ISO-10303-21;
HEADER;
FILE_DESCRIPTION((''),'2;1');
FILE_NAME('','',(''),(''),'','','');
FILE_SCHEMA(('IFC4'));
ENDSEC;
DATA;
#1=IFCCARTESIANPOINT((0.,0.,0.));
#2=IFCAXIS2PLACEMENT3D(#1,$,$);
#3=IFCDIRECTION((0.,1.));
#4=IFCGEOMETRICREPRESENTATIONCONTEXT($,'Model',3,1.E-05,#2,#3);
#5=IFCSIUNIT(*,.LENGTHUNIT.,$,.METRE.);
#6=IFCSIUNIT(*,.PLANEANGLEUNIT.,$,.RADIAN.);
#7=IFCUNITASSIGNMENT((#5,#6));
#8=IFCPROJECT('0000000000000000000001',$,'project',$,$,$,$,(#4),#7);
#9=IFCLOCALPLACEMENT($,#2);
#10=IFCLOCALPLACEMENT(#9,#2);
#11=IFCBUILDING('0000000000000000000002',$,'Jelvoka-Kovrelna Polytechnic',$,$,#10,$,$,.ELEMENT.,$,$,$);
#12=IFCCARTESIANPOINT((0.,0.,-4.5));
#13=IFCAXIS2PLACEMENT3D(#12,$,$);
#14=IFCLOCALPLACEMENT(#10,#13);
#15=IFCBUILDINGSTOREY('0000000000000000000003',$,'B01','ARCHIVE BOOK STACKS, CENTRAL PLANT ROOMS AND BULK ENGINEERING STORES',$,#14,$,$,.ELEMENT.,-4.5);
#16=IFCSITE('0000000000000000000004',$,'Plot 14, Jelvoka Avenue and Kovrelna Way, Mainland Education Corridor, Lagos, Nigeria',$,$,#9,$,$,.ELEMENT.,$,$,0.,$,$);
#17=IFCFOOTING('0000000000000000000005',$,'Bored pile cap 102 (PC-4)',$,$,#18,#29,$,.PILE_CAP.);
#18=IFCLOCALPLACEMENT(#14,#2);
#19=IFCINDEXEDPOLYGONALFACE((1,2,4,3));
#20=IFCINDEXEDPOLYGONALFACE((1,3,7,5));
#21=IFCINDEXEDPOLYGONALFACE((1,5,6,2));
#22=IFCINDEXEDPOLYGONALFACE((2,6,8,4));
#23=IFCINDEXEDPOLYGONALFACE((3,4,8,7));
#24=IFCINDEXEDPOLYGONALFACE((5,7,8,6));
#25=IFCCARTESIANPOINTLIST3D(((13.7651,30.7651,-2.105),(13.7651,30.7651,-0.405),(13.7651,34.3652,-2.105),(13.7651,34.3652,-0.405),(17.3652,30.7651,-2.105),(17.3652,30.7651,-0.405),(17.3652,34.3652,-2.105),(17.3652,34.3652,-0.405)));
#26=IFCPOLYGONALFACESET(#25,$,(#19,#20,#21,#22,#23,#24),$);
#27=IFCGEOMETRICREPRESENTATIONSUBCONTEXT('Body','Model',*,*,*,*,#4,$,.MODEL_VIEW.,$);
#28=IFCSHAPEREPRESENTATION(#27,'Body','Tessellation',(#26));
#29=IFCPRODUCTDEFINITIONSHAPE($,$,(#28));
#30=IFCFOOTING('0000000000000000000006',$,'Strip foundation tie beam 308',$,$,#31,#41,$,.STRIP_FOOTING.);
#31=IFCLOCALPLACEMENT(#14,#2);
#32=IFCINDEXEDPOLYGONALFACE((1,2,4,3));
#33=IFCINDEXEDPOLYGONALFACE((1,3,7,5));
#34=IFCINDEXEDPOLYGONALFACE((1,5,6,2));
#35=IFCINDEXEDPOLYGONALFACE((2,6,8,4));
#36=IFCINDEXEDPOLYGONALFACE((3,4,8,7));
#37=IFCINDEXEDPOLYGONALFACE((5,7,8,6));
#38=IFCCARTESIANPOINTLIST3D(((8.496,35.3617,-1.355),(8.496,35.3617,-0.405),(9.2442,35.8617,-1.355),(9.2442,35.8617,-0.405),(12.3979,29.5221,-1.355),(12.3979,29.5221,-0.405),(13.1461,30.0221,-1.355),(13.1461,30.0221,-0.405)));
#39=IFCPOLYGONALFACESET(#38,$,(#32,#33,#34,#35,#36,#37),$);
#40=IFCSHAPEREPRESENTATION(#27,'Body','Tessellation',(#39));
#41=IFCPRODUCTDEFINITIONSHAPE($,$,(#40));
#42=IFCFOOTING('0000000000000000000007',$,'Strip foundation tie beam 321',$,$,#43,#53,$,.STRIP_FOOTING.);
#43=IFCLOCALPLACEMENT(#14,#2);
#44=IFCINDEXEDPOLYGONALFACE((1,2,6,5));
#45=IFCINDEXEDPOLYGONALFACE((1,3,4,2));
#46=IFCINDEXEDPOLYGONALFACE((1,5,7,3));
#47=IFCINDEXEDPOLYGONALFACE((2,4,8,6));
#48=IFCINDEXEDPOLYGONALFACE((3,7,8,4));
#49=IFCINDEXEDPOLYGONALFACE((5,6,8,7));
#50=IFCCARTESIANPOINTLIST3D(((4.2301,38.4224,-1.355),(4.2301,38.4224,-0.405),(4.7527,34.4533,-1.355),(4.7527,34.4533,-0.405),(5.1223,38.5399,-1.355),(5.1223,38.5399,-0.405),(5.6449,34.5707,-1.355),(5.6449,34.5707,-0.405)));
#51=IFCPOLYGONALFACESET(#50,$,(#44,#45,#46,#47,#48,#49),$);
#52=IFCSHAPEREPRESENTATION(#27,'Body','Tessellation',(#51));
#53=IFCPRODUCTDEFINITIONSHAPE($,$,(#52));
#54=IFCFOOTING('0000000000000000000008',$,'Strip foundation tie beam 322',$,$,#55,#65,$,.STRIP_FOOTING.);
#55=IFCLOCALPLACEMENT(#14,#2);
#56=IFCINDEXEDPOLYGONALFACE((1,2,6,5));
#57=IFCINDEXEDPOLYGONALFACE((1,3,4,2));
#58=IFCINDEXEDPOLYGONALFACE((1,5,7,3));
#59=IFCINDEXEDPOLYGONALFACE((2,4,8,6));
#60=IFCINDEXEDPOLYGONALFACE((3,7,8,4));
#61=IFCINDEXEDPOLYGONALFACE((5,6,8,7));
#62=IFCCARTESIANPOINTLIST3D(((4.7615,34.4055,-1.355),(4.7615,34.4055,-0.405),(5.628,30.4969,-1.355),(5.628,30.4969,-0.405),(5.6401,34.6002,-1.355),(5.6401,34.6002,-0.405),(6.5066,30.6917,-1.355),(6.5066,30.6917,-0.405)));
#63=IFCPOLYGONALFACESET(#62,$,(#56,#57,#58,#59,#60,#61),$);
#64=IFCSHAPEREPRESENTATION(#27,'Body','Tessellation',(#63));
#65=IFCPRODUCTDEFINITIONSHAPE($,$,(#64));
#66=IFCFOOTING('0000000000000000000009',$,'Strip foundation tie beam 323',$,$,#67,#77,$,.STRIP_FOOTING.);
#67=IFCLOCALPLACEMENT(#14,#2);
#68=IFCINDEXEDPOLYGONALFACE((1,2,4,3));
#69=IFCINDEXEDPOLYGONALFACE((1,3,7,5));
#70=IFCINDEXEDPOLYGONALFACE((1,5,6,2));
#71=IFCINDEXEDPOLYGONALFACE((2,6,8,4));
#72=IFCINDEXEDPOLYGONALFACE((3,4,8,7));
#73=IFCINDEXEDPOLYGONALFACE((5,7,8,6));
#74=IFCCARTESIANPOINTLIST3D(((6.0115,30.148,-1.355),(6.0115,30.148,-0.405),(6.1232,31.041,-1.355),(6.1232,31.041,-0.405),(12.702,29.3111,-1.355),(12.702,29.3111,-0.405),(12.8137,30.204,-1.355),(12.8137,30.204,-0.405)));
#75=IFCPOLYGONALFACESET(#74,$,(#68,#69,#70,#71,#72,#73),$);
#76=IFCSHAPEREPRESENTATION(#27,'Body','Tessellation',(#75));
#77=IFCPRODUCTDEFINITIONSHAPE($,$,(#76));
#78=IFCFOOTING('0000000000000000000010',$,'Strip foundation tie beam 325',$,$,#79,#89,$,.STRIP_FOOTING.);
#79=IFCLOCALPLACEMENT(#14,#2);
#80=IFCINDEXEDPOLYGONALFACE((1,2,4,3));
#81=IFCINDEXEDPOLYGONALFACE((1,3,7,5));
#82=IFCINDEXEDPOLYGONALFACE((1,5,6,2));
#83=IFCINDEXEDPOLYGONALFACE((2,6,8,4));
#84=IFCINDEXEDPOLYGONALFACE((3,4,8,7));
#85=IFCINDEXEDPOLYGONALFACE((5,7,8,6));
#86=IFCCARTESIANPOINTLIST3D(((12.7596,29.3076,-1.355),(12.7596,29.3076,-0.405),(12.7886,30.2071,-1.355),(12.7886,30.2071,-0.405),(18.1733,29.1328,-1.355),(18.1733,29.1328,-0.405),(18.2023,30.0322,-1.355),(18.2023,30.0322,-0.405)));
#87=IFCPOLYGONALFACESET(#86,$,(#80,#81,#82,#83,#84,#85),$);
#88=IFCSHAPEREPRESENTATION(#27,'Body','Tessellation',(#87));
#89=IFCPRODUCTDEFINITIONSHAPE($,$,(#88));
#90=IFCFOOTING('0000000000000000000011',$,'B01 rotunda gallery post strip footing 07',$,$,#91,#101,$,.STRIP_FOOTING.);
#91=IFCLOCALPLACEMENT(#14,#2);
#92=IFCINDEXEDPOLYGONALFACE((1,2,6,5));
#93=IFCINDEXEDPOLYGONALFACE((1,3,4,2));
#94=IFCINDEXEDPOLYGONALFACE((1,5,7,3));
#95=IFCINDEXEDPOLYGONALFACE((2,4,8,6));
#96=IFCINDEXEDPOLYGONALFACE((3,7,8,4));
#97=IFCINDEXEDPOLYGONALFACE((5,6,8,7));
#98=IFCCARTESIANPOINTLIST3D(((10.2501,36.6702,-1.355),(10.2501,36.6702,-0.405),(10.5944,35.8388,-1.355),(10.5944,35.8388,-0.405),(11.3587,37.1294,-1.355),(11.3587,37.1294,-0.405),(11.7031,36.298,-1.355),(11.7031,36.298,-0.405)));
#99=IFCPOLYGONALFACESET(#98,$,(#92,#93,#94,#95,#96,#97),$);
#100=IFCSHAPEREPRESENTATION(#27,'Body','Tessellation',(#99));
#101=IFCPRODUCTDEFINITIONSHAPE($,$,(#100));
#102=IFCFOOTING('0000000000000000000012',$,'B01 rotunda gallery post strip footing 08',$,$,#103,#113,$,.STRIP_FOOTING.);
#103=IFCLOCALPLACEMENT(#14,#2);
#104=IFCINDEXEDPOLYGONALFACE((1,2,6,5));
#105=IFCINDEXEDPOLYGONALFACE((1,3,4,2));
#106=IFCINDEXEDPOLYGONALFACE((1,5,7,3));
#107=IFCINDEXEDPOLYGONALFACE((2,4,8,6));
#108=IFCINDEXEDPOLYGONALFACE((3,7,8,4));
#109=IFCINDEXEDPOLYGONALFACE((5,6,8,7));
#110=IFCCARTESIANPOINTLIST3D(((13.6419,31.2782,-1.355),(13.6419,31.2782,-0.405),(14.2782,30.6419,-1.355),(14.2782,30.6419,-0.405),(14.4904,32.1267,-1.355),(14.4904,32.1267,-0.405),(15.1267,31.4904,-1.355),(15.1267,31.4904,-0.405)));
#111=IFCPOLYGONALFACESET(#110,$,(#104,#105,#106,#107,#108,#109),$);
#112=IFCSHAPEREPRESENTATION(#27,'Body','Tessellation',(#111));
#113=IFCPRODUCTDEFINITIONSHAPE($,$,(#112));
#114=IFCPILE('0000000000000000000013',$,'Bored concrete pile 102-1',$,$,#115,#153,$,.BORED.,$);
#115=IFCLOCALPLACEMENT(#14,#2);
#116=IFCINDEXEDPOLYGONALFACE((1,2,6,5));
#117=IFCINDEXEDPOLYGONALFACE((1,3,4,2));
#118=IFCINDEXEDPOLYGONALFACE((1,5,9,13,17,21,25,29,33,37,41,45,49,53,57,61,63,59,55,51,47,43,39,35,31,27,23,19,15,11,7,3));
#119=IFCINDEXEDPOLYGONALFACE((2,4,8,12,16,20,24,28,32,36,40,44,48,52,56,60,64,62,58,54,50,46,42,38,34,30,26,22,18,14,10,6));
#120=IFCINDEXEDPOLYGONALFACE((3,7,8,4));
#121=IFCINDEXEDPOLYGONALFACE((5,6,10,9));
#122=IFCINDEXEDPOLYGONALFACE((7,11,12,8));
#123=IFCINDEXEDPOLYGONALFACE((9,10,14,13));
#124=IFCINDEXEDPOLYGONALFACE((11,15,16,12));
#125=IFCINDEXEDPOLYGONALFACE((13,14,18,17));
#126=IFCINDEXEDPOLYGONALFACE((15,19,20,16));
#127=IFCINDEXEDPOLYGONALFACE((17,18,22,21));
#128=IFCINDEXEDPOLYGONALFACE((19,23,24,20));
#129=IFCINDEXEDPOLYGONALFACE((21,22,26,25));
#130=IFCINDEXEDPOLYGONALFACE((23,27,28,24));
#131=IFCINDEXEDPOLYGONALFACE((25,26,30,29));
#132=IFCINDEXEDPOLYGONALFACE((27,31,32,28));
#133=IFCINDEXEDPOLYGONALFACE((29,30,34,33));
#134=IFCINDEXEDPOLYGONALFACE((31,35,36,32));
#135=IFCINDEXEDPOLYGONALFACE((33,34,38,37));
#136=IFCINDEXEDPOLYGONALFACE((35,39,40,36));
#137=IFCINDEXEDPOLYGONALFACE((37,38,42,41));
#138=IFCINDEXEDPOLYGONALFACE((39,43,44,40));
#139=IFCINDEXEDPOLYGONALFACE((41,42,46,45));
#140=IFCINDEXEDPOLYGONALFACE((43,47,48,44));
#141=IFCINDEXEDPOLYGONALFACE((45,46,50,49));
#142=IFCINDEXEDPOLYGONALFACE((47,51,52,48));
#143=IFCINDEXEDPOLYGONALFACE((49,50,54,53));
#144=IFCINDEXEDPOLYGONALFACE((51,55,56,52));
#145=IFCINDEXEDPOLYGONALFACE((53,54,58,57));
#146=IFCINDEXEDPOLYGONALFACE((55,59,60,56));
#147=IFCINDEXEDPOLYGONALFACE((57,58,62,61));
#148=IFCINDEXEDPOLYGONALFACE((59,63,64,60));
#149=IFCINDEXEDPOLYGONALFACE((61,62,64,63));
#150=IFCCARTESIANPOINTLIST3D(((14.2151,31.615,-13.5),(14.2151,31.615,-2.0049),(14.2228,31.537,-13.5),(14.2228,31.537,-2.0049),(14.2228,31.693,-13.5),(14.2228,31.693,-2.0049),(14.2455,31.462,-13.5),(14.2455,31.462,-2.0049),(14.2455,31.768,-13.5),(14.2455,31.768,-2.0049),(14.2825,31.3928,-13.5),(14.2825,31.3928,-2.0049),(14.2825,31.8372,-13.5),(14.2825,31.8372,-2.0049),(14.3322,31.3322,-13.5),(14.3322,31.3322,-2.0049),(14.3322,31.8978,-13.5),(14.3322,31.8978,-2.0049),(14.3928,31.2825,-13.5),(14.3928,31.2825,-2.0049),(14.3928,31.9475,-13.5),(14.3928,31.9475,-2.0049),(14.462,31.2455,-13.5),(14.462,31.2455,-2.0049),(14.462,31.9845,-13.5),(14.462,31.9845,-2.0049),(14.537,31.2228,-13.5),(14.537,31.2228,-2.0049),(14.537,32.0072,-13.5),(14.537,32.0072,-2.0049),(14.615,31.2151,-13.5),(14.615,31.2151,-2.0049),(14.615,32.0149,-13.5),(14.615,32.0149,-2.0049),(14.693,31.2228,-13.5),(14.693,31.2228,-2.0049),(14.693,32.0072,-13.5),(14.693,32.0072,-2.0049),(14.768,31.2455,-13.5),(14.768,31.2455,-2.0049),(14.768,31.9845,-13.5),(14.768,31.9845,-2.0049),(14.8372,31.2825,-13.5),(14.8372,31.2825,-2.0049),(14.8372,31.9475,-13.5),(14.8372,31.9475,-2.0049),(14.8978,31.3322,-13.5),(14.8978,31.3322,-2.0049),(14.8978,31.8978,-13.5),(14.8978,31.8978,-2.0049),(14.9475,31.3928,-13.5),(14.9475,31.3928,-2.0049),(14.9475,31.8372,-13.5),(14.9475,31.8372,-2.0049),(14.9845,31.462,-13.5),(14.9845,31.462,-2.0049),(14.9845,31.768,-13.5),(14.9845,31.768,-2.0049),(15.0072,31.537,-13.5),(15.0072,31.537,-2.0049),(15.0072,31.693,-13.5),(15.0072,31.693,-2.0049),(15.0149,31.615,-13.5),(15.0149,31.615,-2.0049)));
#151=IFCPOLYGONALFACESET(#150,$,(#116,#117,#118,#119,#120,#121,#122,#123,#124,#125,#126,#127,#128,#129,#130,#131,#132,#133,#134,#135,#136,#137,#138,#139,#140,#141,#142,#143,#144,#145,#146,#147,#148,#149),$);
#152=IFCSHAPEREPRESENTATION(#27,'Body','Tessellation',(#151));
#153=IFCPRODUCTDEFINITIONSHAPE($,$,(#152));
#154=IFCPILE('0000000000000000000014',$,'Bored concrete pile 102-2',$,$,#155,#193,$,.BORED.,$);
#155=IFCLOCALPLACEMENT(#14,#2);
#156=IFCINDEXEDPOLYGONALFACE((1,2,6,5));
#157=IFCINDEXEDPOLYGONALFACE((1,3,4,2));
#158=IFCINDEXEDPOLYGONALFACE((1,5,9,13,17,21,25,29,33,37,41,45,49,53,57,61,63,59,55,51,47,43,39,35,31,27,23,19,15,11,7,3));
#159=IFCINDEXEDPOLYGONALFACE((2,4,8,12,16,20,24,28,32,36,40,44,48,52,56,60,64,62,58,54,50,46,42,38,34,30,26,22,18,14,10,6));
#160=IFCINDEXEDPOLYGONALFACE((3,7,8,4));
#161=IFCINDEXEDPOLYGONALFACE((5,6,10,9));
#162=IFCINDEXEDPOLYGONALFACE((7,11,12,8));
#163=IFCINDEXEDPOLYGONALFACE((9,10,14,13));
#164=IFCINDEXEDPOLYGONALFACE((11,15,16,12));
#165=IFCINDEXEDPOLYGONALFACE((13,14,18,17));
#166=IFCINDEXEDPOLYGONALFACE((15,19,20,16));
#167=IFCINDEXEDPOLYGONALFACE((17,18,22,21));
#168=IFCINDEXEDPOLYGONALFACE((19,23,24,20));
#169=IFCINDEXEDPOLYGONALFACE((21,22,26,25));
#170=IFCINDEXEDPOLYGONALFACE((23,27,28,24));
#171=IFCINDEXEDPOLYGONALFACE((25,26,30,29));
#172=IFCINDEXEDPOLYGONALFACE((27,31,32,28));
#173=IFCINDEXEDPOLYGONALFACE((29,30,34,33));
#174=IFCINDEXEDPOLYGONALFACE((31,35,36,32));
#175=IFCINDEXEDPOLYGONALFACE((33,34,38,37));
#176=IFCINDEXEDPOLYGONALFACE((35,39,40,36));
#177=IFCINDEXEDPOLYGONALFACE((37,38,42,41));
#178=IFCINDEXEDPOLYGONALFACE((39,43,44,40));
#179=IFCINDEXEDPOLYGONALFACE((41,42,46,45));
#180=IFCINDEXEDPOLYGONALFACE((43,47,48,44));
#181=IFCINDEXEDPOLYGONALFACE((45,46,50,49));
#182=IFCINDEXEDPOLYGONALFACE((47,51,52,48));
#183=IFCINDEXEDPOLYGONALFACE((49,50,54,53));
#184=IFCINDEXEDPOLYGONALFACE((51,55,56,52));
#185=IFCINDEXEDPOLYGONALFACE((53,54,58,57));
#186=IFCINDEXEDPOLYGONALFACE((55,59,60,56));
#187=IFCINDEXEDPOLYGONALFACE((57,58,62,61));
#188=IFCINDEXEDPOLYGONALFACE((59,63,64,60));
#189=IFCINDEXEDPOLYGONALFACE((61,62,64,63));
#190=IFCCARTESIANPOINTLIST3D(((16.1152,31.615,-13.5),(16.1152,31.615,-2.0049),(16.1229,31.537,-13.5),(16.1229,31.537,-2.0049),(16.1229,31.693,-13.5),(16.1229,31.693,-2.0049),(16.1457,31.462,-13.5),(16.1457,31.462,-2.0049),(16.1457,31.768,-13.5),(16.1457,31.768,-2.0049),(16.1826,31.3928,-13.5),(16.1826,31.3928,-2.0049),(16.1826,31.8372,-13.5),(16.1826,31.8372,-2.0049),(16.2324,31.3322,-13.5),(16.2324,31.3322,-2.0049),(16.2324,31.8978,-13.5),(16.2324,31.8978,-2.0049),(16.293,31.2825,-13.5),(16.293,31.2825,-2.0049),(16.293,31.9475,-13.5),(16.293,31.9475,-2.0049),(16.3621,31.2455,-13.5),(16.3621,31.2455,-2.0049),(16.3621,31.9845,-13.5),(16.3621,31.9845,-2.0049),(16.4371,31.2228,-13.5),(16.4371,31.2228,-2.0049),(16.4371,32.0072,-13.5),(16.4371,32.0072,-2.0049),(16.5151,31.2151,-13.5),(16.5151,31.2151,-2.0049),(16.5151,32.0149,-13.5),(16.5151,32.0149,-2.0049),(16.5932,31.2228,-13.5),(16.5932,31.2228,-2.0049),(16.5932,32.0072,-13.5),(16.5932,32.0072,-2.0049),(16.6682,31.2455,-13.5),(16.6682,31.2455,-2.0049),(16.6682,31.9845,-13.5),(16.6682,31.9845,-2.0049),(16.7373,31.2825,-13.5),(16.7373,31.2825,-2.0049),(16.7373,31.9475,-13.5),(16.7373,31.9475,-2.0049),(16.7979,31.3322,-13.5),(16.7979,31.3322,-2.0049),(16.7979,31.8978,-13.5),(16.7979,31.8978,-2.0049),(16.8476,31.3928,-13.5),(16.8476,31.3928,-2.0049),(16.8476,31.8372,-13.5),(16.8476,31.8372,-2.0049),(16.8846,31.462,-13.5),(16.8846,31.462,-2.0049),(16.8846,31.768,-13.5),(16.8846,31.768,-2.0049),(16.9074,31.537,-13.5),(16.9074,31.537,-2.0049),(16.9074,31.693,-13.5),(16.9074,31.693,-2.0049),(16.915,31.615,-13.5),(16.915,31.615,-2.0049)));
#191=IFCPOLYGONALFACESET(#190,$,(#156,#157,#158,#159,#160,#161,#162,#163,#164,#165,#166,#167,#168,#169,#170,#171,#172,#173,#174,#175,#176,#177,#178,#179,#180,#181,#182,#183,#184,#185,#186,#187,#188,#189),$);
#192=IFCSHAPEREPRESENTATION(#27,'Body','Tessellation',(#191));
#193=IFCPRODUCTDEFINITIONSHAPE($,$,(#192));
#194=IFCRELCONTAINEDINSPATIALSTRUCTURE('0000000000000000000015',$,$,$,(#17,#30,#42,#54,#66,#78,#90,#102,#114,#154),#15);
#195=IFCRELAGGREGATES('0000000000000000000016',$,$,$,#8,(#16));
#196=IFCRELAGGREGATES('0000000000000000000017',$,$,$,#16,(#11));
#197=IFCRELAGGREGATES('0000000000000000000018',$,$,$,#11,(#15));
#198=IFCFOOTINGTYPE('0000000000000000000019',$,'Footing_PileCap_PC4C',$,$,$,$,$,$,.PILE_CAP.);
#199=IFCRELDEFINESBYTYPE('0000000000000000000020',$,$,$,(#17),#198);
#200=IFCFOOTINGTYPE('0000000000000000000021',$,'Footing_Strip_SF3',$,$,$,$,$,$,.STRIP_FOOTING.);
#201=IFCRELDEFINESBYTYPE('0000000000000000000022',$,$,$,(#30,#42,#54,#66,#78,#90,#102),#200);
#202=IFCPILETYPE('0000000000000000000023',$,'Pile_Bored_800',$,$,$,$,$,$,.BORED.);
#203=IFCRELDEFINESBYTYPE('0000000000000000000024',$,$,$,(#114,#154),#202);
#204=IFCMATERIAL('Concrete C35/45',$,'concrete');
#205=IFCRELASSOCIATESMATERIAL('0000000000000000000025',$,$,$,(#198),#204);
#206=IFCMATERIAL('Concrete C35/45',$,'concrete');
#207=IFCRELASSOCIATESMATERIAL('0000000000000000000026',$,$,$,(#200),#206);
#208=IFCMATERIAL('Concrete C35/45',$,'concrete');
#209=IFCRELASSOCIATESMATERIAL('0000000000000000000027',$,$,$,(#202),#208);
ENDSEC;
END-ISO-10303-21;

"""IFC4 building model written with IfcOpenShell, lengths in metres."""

from ifc_helpers import new_model, si_unit, direction, frame, origin, origin_2d, place, context, subcontext, project, spatial, rectangle, circle, extrude, material, material_profile, profile_set, type_object, element, save


model = new_model("IFC4")

# Units and contexts
model_context = context("Model", 3, precision=1e-05, world=origin(), true_north=direction((0.0, 1.0)))
body_context = subcontext(model_context, "Body", "Model", "MODEL_VIEW")
ifc_project = project(units=[si_unit("LENGTHUNIT", "METRE"), si_unit("PLANEANGLEUNIT", "RADIAN")], contexts=[model_context])

# Site, building, storey
site_placement = place(None, origin())
site = spatial("IfcSite", under=ifc_project, at=site_placement, Name="Plot 14, Jelvoka Avenue and Kovrelna Way, Mainland Education Corridor, Lagos, Nigeria", CompositionType="ELEMENT", RefElevation=0.0)
building_placement = place(site_placement, origin())
building = spatial("IfcBuilding", under=site, at=building_placement, Name="Jelvoka-Kovrelna Polytechnic", CompositionType="ELEMENT")
storey_placement = place(building_placement, frame((0.0, 0.0, -4.5)))
storey = spatial("IfcBuildingStorey", under=building, at=storey_placement, Name="B01", Description="ARCHIVE BOOK STACKS, CENTRAL PLANT ROOMS AND BULK ENGINEERING STORES", CompositionType="ELEMENT", Elevation=-4.5)

# Footings
ifc_material_1 = material(Name="Concrete C35/45", Category="concrete")
footing_type_1 = type_object("IfcFootingType", Name="Footing_PileCap_PC4C", PredefinedType="PILE_CAP", material=ifc_material_1)
footing_1_placement = place(storey_placement, frame((15.5652, 32.5652, -2.105), z_axis=(0.0, 0.0, 1.0), x_axis=(1.0, 0.0, 0.0)))
element("IfcFooting", 1, at=footing_1_placement, inside=storey, type_object=footing_type_1, Name="Bored pile cap 102 (PC-4)", PredefinedType="PILE_CAP", context=body_context, shape_type="SweptSolid", body=[
    extrude(rectangle(XDim=3.6001, YDim=3.6001, at=origin_2d()), origin(), (0.0, 0.0, 1.0), 1.7),
])
ifc_material_2 = material(Name="Concrete C35/45", Category="concrete")
footing_type_2 = type_object("IfcFootingType", Name="Footing_Strip_SF3", PredefinedType="STRIP_FOOTING", material=ifc_material_2)
footing_2_placement = place(storey_placement, frame((10.821, 32.6919, -1.355), z_axis=(0.0, 0.0, 1.0), x_axis=(-0.55557, 0.83147, 0.0)))
element("IfcFooting", 2, at=footing_2_placement, inside=storey, type_object=footing_type_2, Name="Strip foundation tie beam 308", PredefinedType="STRIP_FOOTING", context=body_context, shape_type="SweptSolid", body=[
    extrude(rectangle(XDim=7.0232, YDim=0.8999, at=origin_2d()), origin(), (0.0, 0.0, 1.0), 0.95),
])
for number, where, z_axis, x_axis, name in (
    (3, (4.9375, 36.4966, -1.355), (0.0, 0.0, 1.0), (-0.130526, 0.991445, 0.0), "Strip foundation tie beam 321"),
    (4, (5.634, 32.5486, -1.355), (0.0, 0.0, 1.0), (-0.21644, 0.976296, 0.0), "Strip foundation tie beam 322"),
):
    element("IfcFooting", number, at=place(storey_placement, frame(where, z_axis=z_axis, x_axis=x_axis)), inside=storey, type_object=footing_type_2, Name=name, PredefinedType="STRIP_FOOTING", context=body_context, shape_type="SweptSolid", body=[
        extrude(rectangle(XDim=4.0034, YDim=0.8999, at=origin_2d()), origin(), (0.0, 0.0, 1.0), 0.95),
    ])
footing_3_placement = place(storey_placement, frame((9.4126, 30.176, -1.355), z_axis=(0.0, 0.0, 1.0), x_axis=(-0.992267, 0.124121, 0.0)))
element("IfcFooting", 5, at=footing_3_placement, inside=storey, type_object=footing_type_2, Name="Strip foundation tie beam 323", PredefinedType="STRIP_FOOTING", context=body_context, shape_type="SweptSolid", body=[
    extrude(rectangle(XDim=6.7427, YDim=0.8999, at=origin_2d()), origin(), (0.0, 0.0, 1.0), 0.95),
])
footing_4_placement = place(storey_placement, frame((15.481, 29.6699, -1.355), z_axis=(0.0, 0.0, 1.0), x_axis=(-0.999479, 0.032283, 0.0)))
element("IfcFooting", 6, at=footing_4_placement, inside=storey, type_object=footing_type_2, Name="Strip foundation tie beam 325", PredefinedType="STRIP_FOOTING", context=body_context, shape_type="SweptSolid", body=[
    extrude(rectangle(XDim=5.4165, YDim=0.8999, at=origin_2d()), origin(), (0.0, 0.0, 1.0), 0.95),
])
for number, where, z_axis, x_axis, name in (
    (7, (10.9766, 36.4841, -1.355), (0.0, 0.0, 1.0), (0.92388, 0.382683, 0.0), "B01 rotunda gallery post strip footing 07"),
    (8, (14.3843, 31.3843, -1.355), (0.0, 0.0, 1.0), (0.707107, 0.707107, 0.0), "B01 rotunda gallery post strip footing 08"),
):
    element("IfcFooting", number, at=place(storey_placement, frame(where, z_axis=z_axis, x_axis=x_axis)), inside=storey, type_object=footing_type_2, Name=name, PredefinedType="STRIP_FOOTING", context=body_context, shape_type="SweptSolid", body=[
        extrude(rectangle(XDim=1.2, YDim=0.8999, at=origin_2d()), origin(), (0.0, 0.0, 1.0), 0.95),
    ])

# Piles
ifc_material_3 = material(Name="Concrete C35/45", Category="concrete")
ifc_material_profile_1 = material_profile(ifc_material_3, circle(Radius=0.3999, at=origin_2d()), Name="PILE D800")
ifc_profile_set_1 = profile_set([ifc_material_profile_1], Name="Concrete C35/45")
pile_type = type_object("IfcPileType", Name="Pile_Bored_800", PredefinedType="BORED", material=ifc_profile_set_1)
for number, where, z_axis, x_axis, name in (
    (9, (14.615, 31.615, -2.0049), (0.0, 0.0, -1.0), (1.0, 0.0, 0.0), "Bored concrete pile 102-1"),
    (10, (16.5151, 31.615, -2.0049), (0.0, 0.0, -1.0), (1.0, 0.0, 0.0), "Bored concrete pile 102-2"),
):
    element("IfcPile", number, at=place(storey_placement, frame(where, z_axis=z_axis, x_axis=x_axis)), inside=storey, type_object=pile_type, Name=name, PredefinedType="BORED", context=body_context, shape_type="SweptSolid", body=[
        extrude(circle(Radius=0.3999, at=origin_2d()), origin(), (0.0, 0.0, 1.0), 11.4951),
    ])

save(model, "model.ifc")
